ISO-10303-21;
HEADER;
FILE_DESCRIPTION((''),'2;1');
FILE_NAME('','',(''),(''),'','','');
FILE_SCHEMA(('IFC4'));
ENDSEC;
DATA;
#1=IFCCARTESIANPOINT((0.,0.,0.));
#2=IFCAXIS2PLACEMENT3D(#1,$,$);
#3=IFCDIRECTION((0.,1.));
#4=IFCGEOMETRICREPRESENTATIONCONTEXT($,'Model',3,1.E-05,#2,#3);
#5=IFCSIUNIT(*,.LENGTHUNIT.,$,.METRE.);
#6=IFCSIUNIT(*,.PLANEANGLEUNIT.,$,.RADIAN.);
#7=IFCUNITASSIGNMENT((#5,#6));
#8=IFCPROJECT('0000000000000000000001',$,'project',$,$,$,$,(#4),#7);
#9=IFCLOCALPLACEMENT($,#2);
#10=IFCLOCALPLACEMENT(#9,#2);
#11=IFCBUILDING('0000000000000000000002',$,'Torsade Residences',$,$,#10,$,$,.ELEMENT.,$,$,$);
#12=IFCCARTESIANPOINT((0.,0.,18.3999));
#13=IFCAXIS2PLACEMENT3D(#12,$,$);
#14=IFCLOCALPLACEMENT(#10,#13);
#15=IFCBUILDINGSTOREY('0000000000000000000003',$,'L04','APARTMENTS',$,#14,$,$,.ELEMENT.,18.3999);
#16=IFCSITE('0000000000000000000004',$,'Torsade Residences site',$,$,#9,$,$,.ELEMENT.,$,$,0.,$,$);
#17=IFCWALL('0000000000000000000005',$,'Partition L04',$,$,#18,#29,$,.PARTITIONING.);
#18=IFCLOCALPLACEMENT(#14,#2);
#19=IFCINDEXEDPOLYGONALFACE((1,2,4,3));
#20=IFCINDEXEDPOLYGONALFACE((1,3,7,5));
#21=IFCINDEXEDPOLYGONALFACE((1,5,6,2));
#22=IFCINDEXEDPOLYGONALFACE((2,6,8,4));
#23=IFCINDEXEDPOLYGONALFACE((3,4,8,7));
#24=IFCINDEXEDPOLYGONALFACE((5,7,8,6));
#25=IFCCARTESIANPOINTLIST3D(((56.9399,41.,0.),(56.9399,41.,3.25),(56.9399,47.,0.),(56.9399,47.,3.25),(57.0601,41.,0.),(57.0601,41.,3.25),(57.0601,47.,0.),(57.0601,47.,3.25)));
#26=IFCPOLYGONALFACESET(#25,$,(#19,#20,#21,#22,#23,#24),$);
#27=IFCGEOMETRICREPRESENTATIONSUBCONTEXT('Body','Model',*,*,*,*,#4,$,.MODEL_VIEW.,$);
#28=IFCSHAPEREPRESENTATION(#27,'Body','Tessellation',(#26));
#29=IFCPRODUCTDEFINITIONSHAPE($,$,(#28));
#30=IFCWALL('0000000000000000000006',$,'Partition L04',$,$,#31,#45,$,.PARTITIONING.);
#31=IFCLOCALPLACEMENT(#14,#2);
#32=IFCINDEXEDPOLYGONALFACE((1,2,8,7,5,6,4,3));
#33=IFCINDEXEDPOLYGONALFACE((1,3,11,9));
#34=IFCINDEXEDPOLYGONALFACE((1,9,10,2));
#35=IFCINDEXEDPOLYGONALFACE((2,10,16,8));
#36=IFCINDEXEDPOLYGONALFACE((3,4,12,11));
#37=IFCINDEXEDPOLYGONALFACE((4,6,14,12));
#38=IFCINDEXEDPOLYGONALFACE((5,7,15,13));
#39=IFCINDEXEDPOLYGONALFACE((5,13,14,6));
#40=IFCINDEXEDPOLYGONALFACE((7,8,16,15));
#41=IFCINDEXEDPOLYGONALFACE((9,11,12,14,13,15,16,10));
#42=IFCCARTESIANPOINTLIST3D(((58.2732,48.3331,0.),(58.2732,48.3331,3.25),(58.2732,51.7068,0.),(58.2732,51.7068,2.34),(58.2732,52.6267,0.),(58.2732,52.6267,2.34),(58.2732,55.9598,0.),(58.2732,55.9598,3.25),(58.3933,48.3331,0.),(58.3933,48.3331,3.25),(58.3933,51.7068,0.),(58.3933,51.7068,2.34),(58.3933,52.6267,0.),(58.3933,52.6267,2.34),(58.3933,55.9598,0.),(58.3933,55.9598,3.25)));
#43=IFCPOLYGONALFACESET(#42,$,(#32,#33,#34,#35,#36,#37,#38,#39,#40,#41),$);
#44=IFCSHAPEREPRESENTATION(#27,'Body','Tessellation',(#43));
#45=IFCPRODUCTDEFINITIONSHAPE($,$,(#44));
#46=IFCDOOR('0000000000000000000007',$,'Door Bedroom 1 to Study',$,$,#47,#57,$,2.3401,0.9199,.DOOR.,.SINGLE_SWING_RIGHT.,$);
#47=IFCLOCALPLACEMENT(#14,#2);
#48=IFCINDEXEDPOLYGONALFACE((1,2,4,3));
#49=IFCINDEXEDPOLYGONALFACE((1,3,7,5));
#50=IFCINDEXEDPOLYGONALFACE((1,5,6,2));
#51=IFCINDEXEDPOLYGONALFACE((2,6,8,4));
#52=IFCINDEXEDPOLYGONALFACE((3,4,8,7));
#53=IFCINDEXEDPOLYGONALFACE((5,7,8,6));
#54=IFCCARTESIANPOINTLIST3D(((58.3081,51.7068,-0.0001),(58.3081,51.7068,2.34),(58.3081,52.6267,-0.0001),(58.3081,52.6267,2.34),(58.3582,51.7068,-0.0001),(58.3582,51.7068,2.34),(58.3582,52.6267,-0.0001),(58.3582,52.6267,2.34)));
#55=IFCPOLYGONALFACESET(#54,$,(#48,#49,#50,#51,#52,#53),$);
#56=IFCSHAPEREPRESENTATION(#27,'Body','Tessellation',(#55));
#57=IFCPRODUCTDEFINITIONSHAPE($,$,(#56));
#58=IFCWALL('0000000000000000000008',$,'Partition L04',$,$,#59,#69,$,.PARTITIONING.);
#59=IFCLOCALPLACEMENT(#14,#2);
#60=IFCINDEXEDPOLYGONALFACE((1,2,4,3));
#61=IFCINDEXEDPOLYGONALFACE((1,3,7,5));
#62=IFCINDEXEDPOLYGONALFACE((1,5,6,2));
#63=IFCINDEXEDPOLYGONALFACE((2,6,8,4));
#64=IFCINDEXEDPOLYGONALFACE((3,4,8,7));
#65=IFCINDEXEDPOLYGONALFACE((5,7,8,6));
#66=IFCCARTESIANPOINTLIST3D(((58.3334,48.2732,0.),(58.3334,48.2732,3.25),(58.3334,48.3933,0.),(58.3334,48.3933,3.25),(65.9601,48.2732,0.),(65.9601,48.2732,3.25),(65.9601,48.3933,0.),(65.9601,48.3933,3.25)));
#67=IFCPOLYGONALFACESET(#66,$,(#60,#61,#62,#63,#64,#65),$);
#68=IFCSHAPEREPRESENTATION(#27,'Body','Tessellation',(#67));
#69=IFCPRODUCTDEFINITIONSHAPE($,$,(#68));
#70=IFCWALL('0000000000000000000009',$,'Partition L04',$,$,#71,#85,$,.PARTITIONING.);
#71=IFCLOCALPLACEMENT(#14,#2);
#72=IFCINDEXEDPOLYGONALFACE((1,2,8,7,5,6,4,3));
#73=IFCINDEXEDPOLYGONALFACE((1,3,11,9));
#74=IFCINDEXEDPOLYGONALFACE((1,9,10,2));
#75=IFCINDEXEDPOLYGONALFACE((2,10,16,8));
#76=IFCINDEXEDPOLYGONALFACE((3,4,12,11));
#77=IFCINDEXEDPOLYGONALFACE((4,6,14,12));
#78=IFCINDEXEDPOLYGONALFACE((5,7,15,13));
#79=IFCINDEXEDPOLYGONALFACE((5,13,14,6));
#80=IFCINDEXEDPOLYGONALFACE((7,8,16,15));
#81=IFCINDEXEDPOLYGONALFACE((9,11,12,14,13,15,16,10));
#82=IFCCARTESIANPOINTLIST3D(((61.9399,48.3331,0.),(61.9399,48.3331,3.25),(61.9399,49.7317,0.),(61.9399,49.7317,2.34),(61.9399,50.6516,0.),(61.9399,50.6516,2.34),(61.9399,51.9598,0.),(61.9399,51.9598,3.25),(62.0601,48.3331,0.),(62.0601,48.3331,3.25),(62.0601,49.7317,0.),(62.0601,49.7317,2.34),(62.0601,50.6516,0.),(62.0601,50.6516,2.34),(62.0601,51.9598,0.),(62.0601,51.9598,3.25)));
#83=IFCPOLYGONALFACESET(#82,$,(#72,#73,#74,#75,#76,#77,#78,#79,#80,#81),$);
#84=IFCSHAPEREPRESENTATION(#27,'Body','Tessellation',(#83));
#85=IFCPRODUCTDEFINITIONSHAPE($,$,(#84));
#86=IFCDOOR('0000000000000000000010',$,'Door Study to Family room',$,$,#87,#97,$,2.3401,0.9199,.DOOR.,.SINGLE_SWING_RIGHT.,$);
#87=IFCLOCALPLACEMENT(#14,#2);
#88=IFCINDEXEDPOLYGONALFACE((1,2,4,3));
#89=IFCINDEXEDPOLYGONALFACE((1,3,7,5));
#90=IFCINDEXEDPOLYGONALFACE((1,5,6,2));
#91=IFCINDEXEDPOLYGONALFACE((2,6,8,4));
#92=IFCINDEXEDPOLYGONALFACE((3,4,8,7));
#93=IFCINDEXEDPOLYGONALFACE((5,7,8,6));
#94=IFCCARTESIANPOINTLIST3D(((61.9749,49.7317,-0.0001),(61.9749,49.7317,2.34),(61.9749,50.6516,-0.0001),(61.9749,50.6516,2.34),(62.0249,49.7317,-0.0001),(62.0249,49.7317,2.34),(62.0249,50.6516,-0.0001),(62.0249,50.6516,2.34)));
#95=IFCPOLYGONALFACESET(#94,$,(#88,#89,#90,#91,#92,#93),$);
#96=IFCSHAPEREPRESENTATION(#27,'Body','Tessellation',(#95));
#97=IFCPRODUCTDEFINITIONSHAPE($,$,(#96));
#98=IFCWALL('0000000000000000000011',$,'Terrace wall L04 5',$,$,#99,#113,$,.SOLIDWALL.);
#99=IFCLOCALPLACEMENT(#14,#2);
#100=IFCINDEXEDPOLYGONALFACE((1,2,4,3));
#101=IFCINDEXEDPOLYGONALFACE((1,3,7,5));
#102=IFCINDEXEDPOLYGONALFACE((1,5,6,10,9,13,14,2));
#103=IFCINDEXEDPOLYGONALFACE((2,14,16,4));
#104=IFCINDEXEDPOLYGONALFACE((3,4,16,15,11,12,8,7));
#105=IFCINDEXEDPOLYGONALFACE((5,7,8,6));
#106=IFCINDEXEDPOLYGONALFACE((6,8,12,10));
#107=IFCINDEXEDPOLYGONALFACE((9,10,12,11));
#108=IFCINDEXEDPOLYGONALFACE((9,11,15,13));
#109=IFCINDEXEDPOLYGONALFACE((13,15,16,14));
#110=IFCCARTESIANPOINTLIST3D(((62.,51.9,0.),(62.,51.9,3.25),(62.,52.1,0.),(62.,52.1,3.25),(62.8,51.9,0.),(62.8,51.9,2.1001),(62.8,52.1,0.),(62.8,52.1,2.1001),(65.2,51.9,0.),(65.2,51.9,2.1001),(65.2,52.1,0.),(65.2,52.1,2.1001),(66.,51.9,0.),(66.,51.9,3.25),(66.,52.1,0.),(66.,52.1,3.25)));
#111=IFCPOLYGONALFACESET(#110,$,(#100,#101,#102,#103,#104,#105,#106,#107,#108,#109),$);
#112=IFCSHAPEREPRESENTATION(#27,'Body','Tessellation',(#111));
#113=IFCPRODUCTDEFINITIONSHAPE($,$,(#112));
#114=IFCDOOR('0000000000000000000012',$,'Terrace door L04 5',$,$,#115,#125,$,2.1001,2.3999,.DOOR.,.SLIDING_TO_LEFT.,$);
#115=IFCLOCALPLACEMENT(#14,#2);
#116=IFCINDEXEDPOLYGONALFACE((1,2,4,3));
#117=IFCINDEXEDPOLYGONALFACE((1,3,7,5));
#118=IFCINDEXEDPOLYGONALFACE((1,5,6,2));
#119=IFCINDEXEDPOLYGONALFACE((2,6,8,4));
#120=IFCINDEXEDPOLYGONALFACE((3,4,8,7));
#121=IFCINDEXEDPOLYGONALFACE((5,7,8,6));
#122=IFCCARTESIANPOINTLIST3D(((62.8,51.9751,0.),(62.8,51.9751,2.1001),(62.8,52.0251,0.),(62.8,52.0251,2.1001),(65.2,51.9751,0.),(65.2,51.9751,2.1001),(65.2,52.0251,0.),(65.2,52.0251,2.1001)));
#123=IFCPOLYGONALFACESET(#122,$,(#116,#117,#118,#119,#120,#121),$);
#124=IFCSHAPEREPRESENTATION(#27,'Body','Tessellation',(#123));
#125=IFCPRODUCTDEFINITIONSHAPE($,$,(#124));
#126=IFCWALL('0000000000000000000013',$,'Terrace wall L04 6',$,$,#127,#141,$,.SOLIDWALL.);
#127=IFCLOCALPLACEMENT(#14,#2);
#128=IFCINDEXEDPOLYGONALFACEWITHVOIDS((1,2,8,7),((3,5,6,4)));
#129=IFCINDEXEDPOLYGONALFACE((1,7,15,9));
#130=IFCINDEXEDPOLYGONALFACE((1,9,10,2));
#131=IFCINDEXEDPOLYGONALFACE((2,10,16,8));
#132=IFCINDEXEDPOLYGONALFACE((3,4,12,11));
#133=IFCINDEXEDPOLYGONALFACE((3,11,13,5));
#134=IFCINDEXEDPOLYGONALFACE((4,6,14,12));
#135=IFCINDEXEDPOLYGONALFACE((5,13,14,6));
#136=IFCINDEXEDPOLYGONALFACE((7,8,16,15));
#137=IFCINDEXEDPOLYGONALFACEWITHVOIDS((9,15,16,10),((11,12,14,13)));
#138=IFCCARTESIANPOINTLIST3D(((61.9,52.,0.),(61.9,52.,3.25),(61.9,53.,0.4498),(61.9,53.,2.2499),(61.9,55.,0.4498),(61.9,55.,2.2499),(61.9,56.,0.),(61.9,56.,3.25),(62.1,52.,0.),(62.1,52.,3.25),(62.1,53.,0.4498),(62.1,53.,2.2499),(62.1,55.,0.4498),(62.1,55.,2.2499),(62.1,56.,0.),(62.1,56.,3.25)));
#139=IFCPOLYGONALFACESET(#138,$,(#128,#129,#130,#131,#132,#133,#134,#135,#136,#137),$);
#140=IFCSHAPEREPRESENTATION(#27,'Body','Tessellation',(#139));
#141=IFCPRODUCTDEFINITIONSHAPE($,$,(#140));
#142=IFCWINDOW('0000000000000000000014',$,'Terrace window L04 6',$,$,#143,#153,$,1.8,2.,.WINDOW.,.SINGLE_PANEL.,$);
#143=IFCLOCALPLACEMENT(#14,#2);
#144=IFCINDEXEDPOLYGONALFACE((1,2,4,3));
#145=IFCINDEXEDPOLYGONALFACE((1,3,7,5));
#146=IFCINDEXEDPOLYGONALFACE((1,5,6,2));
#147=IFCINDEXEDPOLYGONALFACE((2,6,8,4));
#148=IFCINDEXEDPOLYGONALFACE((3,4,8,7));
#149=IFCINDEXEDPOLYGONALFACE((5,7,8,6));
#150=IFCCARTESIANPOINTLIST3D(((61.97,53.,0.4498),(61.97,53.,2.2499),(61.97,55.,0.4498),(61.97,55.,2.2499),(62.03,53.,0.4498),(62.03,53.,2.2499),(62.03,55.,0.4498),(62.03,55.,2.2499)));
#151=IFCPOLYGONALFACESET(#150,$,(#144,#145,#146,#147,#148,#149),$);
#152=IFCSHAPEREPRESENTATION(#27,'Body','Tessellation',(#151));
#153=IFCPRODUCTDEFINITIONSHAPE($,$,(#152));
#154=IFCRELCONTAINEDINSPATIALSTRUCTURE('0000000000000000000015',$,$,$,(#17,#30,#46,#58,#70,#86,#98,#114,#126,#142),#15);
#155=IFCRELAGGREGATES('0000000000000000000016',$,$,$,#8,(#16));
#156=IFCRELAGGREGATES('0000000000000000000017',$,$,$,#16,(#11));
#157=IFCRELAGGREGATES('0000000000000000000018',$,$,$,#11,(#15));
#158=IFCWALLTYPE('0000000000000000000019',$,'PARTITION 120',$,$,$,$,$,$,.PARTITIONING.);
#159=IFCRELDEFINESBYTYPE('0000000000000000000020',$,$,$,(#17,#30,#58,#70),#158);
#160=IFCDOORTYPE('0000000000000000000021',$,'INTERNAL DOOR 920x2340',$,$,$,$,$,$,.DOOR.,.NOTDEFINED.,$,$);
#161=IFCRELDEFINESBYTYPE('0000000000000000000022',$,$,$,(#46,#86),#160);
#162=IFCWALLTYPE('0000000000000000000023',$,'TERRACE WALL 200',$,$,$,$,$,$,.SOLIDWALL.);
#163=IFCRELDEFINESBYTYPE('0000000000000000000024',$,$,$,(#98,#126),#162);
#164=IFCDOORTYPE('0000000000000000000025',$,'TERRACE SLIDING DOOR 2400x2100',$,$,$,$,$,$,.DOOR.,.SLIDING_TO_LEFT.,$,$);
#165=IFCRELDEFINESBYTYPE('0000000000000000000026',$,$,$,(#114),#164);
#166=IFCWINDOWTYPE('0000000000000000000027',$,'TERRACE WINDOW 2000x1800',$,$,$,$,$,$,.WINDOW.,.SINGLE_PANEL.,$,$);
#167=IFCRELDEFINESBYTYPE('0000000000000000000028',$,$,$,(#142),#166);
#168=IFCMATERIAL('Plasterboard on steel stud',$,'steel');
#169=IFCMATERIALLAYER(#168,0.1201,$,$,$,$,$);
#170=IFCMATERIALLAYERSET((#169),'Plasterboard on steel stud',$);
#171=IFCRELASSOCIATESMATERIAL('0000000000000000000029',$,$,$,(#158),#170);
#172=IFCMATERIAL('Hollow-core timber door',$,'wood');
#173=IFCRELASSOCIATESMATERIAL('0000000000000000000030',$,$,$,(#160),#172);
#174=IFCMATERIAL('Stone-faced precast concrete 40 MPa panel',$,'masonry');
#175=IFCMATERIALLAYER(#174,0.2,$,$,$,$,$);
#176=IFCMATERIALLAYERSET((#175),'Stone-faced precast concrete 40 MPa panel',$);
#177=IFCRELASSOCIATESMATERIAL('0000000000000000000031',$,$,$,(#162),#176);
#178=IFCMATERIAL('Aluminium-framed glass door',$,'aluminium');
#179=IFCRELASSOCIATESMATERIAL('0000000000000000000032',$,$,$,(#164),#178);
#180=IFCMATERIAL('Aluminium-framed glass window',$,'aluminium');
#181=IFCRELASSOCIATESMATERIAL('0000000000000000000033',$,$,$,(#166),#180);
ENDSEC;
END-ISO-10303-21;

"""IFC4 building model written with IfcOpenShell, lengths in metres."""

from ifc_helpers import new_model, si_unit, direction, frame, frame_2d, origin, place, context, subcontext, project, spatial, rectangle, extrude, material, layer, layer_set, type_object, element, fill, save


model = new_model("IFC4")

# Units and contexts
model_context = context("Model", 3, precision=1e-05, world=origin(), true_north=direction((0.0, 1.0)))
body_context = subcontext(model_context, "Body", "Model", "MODEL_VIEW")
ifc_project = project(units=[si_unit("LENGTHUNIT", "METRE"), si_unit("PLANEANGLEUNIT", "RADIAN")], contexts=[model_context])

# Site, building, storey
site_placement = place(None, origin())
site = spatial("IfcSite", under=ifc_project, at=site_placement, Name="Torsade Residences site", CompositionType="ELEMENT", RefElevation=0.0)
building_placement = place(site_placement, origin())
building = spatial("IfcBuilding", under=site, at=building_placement, Name="Torsade Residences", CompositionType="ELEMENT")
storey_placement = place(building_placement, frame((0.0, 0.0, 18.3999)))
storey = spatial("IfcBuildingStorey", under=building, at=storey_placement, Name="L04", Description="APARTMENTS", CompositionType="ELEMENT", Elevation=18.3999)

# Shared definitions
ifc_material_1 = material(Name="Plasterboard on steel stud", Category="steel")
ifc_layer_1 = layer(ifc_material_1, 0.1201)
ifc_layer_set_1 = layer_set([ifc_layer_1], Name="Plasterboard on steel stud")
wall_type_1 = type_object("IfcWallType", Name="PARTITION 120", PredefinedType="PARTITIONING", material=ifc_layer_set_1)

# Wall
wall_1_placement = place(storey_placement, frame((57.0, 47.0, 0.0), z_axis=(0.0, 0.0, 1.0), x_axis=(0.0, -1.0, 0.0)))
element("IfcWall", 1, at=wall_1_placement, inside=storey, type_object=wall_type_1, Name="Partition L04", PredefinedType="PARTITIONING", context=body_context, shape_type="SweptSolid", body=[
    extrude(rectangle(XDim=6.0, YDim=0.1201, at=frame_2d((3.0, 0.0))), origin(), (0.0, 0.0, 1.0), 3.25),
])

# Wall, opening, door
wall_2_placement = place(storey_placement, frame((58.3333, 55.96, 0.0), z_axis=(0.0, 0.0, 1.0), x_axis=(0.0, -1.0, 0.0)))
wall_2 = element("IfcWall", 2, at=wall_2_placement, inside=storey, type_object=wall_type_1, Name="Partition L04", PredefinedType="PARTITIONING", context=body_context, shape_type="SweptSolid", body=[
    extrude(rectangle(XDim=7.6267, YDim=0.1201, at=frame_2d((3.8135, 0.0))), origin(), (0.0, 0.0, 1.0), 3.25),
])
opening_1_placement = place(wall_2_placement, frame((3.3333, 0.0, 0.0)))
opening_1 = element("IfcOpeningElement", 3, at=opening_1_placement, cuts=wall_2, PredefinedType="OPENING", context=body_context, shape_type="SweptSolid", body=[
    extrude(rectangle(XDim=0.9199, YDim=2.3401, at=frame_2d((0.46, 1.1699))), frame((0.0, 0.0701, 0.0), z_axis=(0.0, -1.0, 0.0), x_axis=(1.0, 0.0, 0.0)), (0.0, 0.0, 1.0), 0.1401),
])
ifc_material_2 = material(Name="Hollow-core timber door", Category="wood")
door_type_1 = type_object("IfcDoorType", Name="INTERNAL DOOR 920x2340", OperationType="NOTDEFINED", PredefinedType="DOOR", material=ifc_material_2)
door_1_placement = place(opening_1_placement, origin())
door_1 = element("IfcDoor", 4, at=door_1_placement, inside=storey, type_object=door_type_1, Name="Door Bedroom 1 to Study", OperationType="SINGLE_SWING_RIGHT", OverallHeight=2.3401, OverallWidth=0.9199, PredefinedType="DOOR", context=body_context, shape_type="SweptSolid", body=[
    extrude(rectangle(XDim=0.9199, YDim=2.3401, at=frame_2d((0.46, 1.1699))), frame((0.0, 0.0249, 0.0), z_axis=(0.0, -1.0, 0.0), x_axis=(1.0, 0.0, 0.0)), (0.0, 0.0, 1.0), 0.05),
])
fill(opening_1, door_1)

# Wall
wall_3_placement = place(storey_placement, frame((58.3333, 48.3333, 0.0), z_axis=(0.0, 0.0, 1.0), x_axis=(1.0, 0.0, 0.0)))
element("IfcWall", 5, at=wall_3_placement, inside=storey, type_object=wall_type_1, Name="Partition L04", PredefinedType="PARTITIONING", context=body_context, shape_type="SweptSolid", body=[
    extrude(rectangle(XDim=7.6267, YDim=0.1201, at=frame_2d((3.8135, 0.0))), origin(), (0.0, 0.0, 1.0), 3.25),
])

# Walls, openings, doors
wall_4_placement = place(storey_placement, frame((62.0, 51.96, 0.0), z_axis=(0.0, 0.0, 1.0), x_axis=(0.0, -1.0, 0.0)))
wall_4 = element("IfcWall", 6, at=wall_4_placement, inside=storey, type_object=wall_type_1, Name="Partition L04", PredefinedType="PARTITIONING", context=body_context, shape_type="SweptSolid", body=[
    extrude(rectangle(XDim=3.6267, YDim=0.1201, at=frame_2d((1.8135, 0.0))), origin(), (0.0, 0.0, 1.0), 3.25),
])
opening_2_placement = place(wall_4_placement, frame((1.3083, 0.0, 0.0)))
opening_2 = element("IfcOpeningElement", 7, at=opening_2_placement, cuts=wall_4, PredefinedType="OPENING", context=body_context, shape_type="SweptSolid", body=[
    extrude(rectangle(XDim=0.9199, YDim=2.3401, at=frame_2d((0.46, 1.1699))), frame((0.0, 0.0701, 0.0), z_axis=(0.0, -1.0, 0.0), x_axis=(1.0, 0.0, 0.0)), (0.0, 0.0, 1.0), 0.1401),
])
door_2_placement = place(opening_2_placement, origin())
door_2 = element("IfcDoor", 8, at=door_2_placement, inside=storey, type_object=door_type_1, Name="Door Study to Family room", OperationType="SINGLE_SWING_RIGHT", OverallHeight=2.3401, OverallWidth=0.9199, PredefinedType="DOOR", context=body_context, shape_type="SweptSolid", body=[
    extrude(rectangle(XDim=0.9199, YDim=2.3401, at=frame_2d((0.46, 1.1699))), frame((0.0, 0.0249, 0.0), z_axis=(0.0, -1.0, 0.0), x_axis=(1.0, 0.0, 0.0)), (0.0, 0.0, 1.0), 0.05),
])
fill(opening_2, door_2)
ifc_material_3 = material(Name="Stone-faced precast concrete 40 MPa panel", Category="masonry")
ifc_layer_2 = layer(ifc_material_3, 0.2)
ifc_layer_set_2 = layer_set([ifc_layer_2], Name="Stone-faced precast concrete 40 MPa panel")
wall_type_2 = type_object("IfcWallType", Name="TERRACE WALL 200", PredefinedType="SOLIDWALL", material=ifc_layer_set_2)
wall_5_placement = place(storey_placement, frame((66.0, 52.0, 0.0), z_axis=(0.0, 0.0, 1.0), x_axis=(-1.0, 0.0, 0.0)))
wall_5 = element("IfcWall", 9, at=wall_5_placement, inside=storey, type_object=wall_type_2, Name="Terrace wall L04 5", PredefinedType="SOLIDWALL", context=body_context, shape_type="SweptSolid", body=[
    extrude(rectangle(XDim=4.0, YDim=0.2, at=frame_2d((2.0, 0.0))), origin(), (0.0, 0.0, 1.0), 3.25),
])
opening_3_placement = place(wall_5_placement, frame((0.8, 0.0, 0.0)))
opening_3 = element("IfcOpeningElement", 10, at=opening_3_placement, cuts=wall_5, PredefinedType="OPENING", context=body_context, shape_type="SweptSolid", body=[
    extrude(rectangle(XDim=2.3999, YDim=2.1001, at=frame_2d((1.2, 1.05))), frame((0.0, 0.1099, 0.0), z_axis=(0.0, -1.0, 0.0), x_axis=(1.0, 0.0, 0.0)), (0.0, 0.0, 1.0), 0.22),
])
ifc_material_4 = material(Name="Aluminium-framed glass door", Category="aluminium")
door_type_2 = type_object("IfcDoorType", Name="TERRACE SLIDING DOOR 2400x2100", OperationType="SLIDING_TO_LEFT", PredefinedType="DOOR", material=ifc_material_4)
door_3_placement = place(opening_3_placement, origin())
door_3 = element("IfcDoor", 11, at=door_3_placement, inside=storey, type_object=door_type_2, Name="Terrace door L04 5", OperationType="SLIDING_TO_LEFT", OverallHeight=2.1001, OverallWidth=2.3999, PredefinedType="DOOR", context=body_context, shape_type="SweptSolid", body=[
    extrude(rectangle(XDim=2.3999, YDim=2.1001, at=frame_2d((1.2, 1.05))), frame((0.0, 0.0249, 0.0), z_axis=(0.0, -1.0, 0.0), x_axis=(1.0, 0.0, 0.0)), (0.0, 0.0, 1.0), 0.05),
])
fill(opening_3, door_3)

# Wall, opening, window
wall_6_placement = place(storey_placement, frame((62.0, 52.0, 0.0), z_axis=(0.0, 0.0, 1.0), x_axis=(0.0, 1.0, 0.0)))
wall_6 = element("IfcWall", 12, at=wall_6_placement, inside=storey, type_object=wall_type_2, Name="Terrace wall L04 6", PredefinedType="SOLIDWALL", context=body_context, shape_type="SweptSolid", body=[
    extrude(rectangle(XDim=4.0, YDim=0.2, at=frame_2d((2.0, 0.0))), origin(), (0.0, 0.0, 1.0), 3.25),
])
opening_4_placement = place(wall_6_placement, frame((1.0, 0.0, 0.45)))
opening_4 = element("IfcOpeningElement", 13, at=opening_4_placement, cuts=wall_6, PredefinedType="OPENING", context=body_context, shape_type="SweptSolid", body=[
    extrude(rectangle(XDim=2.0, YDim=1.8, at=frame_2d((1.0, 0.8999))), frame((0.0, 0.1099, 0.0), z_axis=(0.0, -1.0, 0.0), x_axis=(1.0, 0.0, 0.0)), (0.0, 0.0, 1.0), 0.22),
])
ifc_material_5 = material(Name="Aluminium-framed glass window", Category="aluminium")
window_type = type_object("IfcWindowType", Name="TERRACE WINDOW 2000x1800", PartitioningType="SINGLE_PANEL", PredefinedType="WINDOW", material=ifc_material_5)
window_placement = place(opening_4_placement, origin())
window = element("IfcWindow", 14, at=window_placement, inside=storey, type_object=window_type, Name="Terrace window L04 6", OverallHeight=1.8, OverallWidth=2.0, PartitioningType="SINGLE_PANEL", PredefinedType="WINDOW", context=body_context, shape_type="SweptSolid", body=[
    extrude(rectangle(XDim=2.0, YDim=1.8, at=frame_2d((1.0, 0.8999))), frame((0.0, 0.03, 0.0), z_axis=(0.0, -1.0, 0.0), x_axis=(1.0, 0.0, 0.0)), (0.0, 0.0, 1.0), 0.0601),
])
fill(opening_4, window)

save(model, "model.ifc")
